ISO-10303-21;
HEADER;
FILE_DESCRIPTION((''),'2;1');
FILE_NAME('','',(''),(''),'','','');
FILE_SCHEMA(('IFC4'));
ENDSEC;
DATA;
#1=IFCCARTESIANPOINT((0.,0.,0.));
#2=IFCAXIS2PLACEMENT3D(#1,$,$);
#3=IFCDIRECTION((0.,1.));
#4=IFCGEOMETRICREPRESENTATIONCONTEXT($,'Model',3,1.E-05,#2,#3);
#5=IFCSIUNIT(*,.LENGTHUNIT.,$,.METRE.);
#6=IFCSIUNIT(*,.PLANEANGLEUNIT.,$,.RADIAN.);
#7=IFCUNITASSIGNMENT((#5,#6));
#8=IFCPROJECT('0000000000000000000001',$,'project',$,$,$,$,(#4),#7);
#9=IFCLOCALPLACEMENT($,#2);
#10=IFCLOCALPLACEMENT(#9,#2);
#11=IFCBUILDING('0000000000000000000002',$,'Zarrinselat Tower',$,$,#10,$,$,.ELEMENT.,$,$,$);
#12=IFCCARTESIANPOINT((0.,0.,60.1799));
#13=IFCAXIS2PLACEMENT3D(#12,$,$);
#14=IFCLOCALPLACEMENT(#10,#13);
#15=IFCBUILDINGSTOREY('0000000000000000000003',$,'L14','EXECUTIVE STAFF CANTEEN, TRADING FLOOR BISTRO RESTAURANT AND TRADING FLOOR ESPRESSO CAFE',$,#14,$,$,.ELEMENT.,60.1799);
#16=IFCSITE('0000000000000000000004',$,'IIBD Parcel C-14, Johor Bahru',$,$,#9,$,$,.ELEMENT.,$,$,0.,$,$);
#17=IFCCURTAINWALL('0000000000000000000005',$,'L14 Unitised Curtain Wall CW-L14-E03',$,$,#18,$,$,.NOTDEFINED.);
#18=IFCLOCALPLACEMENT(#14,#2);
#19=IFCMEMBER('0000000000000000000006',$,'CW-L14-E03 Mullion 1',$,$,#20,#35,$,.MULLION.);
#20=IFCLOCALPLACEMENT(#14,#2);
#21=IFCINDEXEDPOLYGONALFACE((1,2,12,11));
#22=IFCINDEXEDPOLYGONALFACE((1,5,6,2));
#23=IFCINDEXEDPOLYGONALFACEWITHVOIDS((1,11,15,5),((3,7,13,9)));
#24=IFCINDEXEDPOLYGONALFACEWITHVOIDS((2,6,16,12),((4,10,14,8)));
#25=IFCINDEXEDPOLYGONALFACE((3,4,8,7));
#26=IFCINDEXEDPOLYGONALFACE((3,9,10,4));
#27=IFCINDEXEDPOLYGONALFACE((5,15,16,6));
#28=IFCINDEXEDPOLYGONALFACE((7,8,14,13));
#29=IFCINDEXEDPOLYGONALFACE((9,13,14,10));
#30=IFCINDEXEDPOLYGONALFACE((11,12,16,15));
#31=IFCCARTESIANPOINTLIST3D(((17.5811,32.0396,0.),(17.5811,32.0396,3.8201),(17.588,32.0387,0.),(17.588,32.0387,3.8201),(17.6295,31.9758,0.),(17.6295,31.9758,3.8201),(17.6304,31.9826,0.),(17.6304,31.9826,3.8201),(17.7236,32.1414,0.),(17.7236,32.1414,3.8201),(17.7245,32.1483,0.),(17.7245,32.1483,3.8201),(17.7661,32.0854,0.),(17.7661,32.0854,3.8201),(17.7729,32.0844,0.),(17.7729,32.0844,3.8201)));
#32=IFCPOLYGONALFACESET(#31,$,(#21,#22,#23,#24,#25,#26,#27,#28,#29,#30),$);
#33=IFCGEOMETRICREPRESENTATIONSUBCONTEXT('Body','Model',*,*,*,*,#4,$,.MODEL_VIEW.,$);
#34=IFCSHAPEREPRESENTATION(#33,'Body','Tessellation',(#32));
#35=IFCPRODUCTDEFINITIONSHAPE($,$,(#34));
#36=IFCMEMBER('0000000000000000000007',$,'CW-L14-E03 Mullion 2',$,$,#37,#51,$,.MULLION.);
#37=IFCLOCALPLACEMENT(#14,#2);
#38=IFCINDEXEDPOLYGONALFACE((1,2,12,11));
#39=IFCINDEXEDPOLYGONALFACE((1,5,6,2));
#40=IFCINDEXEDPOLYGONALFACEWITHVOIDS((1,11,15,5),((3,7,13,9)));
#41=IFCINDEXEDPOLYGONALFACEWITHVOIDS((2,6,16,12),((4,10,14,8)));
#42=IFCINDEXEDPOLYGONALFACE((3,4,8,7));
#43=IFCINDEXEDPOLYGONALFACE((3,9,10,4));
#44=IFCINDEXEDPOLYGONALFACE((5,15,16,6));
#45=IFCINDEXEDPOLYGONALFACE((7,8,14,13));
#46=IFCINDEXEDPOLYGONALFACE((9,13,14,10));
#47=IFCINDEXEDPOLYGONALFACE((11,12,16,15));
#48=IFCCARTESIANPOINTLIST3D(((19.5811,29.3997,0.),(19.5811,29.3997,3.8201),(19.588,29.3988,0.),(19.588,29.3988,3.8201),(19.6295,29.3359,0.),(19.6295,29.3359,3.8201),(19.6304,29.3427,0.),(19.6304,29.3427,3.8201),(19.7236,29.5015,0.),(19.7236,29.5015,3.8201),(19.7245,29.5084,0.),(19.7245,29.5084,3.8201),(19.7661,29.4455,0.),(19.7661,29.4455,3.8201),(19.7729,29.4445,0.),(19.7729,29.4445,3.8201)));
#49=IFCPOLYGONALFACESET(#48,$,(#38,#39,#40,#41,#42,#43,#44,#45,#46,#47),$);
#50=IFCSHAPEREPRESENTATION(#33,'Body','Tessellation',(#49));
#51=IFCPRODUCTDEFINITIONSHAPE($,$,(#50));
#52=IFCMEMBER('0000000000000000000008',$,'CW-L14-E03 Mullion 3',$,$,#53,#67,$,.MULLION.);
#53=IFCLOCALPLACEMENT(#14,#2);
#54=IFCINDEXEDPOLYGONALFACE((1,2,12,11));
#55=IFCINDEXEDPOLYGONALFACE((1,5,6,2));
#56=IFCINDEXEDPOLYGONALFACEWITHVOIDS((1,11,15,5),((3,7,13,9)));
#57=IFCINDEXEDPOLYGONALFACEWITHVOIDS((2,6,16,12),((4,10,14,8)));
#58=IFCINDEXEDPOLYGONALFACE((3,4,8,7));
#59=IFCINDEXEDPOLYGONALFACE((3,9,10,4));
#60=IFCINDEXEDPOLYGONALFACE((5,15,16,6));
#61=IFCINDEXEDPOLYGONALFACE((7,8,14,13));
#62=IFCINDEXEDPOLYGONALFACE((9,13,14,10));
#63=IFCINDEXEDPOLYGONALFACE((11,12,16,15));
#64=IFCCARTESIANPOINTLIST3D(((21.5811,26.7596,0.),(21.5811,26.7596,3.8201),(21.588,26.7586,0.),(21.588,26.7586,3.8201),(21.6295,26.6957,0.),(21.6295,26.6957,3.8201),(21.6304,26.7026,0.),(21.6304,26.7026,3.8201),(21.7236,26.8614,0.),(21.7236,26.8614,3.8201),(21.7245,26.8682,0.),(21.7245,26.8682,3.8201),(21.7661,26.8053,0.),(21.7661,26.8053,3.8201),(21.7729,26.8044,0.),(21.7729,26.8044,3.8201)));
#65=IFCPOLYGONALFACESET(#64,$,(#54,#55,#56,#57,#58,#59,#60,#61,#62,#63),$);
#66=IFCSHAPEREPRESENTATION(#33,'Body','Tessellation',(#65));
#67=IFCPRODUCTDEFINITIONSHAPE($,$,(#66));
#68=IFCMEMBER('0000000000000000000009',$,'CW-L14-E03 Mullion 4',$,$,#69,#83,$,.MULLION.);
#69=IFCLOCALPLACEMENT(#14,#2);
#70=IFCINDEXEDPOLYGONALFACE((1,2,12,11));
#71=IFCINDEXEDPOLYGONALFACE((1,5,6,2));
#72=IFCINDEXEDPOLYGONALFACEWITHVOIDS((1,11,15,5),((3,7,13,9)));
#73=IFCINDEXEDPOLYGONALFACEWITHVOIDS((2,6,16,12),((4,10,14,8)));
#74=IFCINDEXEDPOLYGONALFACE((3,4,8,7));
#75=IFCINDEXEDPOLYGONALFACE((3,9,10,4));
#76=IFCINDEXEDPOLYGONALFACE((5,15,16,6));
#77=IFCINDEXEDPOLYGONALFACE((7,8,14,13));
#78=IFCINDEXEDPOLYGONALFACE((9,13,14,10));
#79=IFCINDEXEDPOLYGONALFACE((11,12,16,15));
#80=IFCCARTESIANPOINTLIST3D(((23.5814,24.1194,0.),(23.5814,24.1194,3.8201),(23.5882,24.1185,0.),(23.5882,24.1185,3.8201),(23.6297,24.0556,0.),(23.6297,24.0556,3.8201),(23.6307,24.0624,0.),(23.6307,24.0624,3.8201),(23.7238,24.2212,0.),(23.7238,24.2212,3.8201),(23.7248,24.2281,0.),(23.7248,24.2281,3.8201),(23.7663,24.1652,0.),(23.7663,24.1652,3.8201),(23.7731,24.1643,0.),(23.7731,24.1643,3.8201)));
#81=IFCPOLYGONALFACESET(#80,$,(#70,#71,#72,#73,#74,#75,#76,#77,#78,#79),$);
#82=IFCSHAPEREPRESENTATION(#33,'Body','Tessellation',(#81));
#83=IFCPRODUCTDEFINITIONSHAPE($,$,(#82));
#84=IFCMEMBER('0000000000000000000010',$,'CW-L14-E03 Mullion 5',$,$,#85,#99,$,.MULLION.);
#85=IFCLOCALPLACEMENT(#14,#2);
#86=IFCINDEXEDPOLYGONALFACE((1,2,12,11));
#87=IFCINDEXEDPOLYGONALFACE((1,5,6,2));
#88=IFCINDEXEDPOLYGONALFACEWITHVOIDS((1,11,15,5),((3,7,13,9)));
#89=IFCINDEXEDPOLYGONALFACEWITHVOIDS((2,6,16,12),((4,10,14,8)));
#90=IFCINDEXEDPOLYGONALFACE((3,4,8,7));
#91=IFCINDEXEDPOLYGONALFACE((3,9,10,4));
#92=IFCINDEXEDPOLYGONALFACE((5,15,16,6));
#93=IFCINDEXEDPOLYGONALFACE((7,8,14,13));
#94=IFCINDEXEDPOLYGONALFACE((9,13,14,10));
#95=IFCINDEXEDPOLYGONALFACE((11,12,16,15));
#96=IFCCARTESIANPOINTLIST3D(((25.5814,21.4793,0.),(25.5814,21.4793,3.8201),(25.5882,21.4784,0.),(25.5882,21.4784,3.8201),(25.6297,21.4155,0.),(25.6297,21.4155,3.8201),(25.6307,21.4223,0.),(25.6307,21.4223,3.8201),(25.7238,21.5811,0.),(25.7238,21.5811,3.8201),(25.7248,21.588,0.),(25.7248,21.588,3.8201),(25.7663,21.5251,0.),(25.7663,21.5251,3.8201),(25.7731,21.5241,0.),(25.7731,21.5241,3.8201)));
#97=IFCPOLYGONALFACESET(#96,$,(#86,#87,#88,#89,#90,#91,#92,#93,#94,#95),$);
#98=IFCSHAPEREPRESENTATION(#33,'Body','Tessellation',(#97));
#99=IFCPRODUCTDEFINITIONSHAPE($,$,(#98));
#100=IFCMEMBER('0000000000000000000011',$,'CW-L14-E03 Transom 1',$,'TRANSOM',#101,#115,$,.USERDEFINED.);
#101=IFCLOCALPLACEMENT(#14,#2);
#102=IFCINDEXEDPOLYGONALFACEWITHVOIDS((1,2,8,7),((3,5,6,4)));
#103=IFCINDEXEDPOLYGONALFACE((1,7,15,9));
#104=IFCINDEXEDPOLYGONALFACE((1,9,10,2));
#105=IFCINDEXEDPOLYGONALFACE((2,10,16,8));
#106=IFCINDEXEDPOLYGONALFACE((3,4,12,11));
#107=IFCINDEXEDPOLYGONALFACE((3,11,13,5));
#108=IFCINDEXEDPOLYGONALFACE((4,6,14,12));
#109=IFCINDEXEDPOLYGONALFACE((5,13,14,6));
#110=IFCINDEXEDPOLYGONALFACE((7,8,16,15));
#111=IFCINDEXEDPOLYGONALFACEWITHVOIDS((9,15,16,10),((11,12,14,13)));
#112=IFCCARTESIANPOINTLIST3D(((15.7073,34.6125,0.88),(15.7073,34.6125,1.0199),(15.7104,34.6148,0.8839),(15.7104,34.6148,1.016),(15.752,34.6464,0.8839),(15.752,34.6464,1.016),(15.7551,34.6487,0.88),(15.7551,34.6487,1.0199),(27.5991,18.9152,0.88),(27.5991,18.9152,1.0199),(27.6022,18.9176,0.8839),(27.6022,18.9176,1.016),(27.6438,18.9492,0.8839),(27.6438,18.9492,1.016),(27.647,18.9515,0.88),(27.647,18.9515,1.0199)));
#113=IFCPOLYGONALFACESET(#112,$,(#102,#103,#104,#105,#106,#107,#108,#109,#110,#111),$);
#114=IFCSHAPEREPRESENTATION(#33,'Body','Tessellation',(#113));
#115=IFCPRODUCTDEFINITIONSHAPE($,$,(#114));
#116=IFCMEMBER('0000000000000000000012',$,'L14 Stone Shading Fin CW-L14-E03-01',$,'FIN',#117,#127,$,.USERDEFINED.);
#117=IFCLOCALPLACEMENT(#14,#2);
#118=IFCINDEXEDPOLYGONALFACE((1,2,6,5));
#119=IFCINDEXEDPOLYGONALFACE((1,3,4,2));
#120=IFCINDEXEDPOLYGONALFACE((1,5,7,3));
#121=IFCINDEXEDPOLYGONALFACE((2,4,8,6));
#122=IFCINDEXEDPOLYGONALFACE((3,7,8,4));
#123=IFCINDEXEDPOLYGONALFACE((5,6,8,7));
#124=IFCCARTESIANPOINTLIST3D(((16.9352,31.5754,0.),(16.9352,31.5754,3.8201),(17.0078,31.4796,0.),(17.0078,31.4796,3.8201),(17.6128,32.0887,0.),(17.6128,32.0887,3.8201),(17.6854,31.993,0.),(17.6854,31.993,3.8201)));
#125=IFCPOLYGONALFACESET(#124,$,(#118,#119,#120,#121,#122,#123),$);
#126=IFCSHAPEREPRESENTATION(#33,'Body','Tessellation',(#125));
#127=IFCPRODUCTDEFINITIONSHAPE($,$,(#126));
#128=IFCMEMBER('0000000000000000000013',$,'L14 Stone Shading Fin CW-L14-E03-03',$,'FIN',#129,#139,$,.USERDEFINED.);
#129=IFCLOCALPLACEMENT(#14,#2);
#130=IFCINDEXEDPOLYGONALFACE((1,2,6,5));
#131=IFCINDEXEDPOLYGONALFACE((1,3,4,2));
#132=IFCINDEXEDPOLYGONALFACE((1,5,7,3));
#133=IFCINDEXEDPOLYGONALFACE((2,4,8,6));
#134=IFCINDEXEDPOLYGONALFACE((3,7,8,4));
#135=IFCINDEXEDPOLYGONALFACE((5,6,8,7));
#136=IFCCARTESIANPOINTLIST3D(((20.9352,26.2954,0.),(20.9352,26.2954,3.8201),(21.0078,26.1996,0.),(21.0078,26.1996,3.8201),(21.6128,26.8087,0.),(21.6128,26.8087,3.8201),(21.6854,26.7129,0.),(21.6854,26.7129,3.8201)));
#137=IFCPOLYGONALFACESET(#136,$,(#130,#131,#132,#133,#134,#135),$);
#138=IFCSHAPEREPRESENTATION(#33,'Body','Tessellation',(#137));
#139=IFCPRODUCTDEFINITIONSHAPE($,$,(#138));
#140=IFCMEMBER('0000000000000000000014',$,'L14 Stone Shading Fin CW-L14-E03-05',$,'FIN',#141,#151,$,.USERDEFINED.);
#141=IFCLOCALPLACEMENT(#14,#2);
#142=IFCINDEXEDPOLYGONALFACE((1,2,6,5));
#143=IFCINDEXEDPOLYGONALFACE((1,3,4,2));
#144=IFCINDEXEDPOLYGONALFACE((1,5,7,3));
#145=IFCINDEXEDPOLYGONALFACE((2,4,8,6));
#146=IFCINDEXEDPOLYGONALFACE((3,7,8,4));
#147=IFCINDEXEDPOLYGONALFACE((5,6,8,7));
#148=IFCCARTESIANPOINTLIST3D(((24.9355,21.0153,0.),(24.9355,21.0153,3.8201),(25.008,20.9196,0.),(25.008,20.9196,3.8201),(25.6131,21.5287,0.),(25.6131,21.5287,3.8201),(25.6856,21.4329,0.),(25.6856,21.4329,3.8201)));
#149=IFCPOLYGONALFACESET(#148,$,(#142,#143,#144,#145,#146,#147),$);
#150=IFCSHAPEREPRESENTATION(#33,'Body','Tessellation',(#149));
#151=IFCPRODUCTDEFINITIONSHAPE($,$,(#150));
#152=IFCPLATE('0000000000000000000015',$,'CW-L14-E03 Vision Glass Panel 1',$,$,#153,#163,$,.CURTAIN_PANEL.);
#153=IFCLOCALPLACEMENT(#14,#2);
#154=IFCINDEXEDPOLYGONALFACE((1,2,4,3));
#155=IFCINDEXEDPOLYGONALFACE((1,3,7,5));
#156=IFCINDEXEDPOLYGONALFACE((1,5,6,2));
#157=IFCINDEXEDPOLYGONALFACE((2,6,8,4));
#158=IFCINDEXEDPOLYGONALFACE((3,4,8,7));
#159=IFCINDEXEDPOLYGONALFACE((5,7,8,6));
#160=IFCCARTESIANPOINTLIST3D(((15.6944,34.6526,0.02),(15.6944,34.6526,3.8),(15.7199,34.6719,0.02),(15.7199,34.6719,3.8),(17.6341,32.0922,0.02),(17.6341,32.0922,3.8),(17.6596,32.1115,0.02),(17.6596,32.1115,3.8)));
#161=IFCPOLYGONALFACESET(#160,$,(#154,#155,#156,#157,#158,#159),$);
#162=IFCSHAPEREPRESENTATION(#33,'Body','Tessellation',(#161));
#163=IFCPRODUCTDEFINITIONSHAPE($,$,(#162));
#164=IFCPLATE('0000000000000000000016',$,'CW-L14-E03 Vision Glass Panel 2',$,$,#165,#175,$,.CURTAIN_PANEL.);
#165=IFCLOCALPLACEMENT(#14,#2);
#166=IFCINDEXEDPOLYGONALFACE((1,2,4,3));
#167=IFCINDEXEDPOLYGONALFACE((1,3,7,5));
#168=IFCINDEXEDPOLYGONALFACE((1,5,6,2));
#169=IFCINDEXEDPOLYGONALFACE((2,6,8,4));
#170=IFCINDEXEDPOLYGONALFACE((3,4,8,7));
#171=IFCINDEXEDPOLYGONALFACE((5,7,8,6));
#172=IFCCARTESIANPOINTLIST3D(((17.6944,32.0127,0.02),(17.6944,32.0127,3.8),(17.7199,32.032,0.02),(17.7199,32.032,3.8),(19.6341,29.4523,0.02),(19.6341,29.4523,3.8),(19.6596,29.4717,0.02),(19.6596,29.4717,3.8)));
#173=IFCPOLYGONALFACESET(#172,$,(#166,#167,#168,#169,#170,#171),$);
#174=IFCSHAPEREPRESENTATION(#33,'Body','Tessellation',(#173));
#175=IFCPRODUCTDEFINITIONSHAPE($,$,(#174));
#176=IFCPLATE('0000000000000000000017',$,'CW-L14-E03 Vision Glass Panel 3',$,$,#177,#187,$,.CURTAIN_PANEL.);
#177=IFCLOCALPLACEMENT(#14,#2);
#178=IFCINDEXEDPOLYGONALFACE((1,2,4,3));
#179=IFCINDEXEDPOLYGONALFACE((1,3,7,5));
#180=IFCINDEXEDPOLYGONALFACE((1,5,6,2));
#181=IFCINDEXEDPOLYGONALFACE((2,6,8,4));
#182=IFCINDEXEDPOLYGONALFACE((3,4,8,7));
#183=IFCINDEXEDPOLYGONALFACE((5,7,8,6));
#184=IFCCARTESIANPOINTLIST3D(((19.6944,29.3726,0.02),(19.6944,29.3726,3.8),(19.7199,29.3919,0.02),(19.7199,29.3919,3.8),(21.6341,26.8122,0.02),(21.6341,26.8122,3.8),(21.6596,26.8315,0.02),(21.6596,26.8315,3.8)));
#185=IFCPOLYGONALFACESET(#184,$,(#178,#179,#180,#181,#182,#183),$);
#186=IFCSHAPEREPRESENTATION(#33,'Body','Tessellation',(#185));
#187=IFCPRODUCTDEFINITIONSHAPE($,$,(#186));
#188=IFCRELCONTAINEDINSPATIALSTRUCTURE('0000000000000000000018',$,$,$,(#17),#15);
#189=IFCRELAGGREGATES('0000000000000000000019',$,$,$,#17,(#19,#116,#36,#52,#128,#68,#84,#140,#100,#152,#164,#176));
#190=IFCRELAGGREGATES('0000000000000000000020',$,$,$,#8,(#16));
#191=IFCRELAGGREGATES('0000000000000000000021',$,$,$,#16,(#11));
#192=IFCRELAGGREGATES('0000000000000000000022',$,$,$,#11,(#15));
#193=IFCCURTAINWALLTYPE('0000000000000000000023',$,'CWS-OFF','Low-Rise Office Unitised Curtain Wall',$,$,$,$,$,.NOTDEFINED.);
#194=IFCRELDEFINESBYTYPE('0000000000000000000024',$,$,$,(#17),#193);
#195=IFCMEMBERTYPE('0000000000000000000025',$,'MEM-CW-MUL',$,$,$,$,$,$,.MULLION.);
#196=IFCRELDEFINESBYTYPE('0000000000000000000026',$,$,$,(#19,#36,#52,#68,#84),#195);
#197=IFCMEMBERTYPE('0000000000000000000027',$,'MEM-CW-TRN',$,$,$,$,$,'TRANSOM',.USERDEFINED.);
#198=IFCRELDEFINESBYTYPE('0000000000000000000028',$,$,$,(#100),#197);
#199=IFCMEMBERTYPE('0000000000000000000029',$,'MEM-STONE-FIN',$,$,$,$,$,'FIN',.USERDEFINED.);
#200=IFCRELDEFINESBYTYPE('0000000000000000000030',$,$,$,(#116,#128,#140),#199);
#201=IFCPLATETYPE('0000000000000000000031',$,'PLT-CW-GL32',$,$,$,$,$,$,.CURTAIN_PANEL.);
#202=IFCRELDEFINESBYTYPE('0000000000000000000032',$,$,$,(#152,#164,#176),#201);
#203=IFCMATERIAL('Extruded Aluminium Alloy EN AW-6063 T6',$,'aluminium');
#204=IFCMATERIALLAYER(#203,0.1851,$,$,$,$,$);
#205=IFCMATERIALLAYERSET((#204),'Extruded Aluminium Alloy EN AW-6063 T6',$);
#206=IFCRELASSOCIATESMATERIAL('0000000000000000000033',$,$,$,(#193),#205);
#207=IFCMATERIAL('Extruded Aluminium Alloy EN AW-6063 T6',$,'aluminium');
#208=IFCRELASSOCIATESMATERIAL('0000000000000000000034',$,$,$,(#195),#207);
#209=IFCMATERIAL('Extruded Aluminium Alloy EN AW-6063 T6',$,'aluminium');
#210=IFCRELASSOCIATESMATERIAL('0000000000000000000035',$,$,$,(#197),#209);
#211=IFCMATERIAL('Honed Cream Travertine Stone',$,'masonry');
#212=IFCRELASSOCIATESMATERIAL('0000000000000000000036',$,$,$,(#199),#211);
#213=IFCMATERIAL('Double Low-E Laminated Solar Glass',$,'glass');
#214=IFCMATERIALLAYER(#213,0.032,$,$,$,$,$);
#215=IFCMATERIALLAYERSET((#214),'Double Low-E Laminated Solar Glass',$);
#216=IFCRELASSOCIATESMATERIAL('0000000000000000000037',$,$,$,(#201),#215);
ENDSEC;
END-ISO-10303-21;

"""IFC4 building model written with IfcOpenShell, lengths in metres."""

from ifc_helpers import new_model, si_unit, direction, frame, origin, origin_2d, place, context, subcontext, project, spatial, rectangle, hollow_rectangle, extrude, material, layer, layer_set, material_profile, profile_set, type_object, element, aggregate, save


model = new_model("IFC4")

# Units and contexts
model_context = context("Model", 3, precision=1e-05, world=origin(), true_north=direction((0.0, 1.0)))
body_context = subcontext(model_context, "Body", "Model", "MODEL_VIEW")
ifc_project = project(units=[si_unit("LENGTHUNIT", "METRE"), si_unit("PLANEANGLEUNIT", "RADIAN")], contexts=[model_context])

# Site, building, storey
site_placement = place(None, origin())
site = spatial("IfcSite", under=ifc_project, at=site_placement, Name="IIBD Parcel C-14, Johor Bahru", CompositionType="ELEMENT", RefElevation=0.0)
building_placement = place(site_placement, origin())
building = spatial("IfcBuilding", under=site, at=building_placement, Name="Zarrinselat Tower", CompositionType="ELEMENT")
storey_placement = place(building_placement, frame((0.0, 0.0, 60.1799)))
storey = spatial("IfcBuildingStorey", under=building, at=storey_placement, Name="L14", Description="EXECUTIVE STAFF CANTEEN, TRADING FLOOR BISTRO RESTAURANT AND TRADING FLOOR ESPRESSO CAFE", CompositionType="ELEMENT", Elevation=60.1799)

# Shared definitions
ifc_material_1 = material(Name="Extruded Aluminium Alloy EN AW-6063 T6", Category="aluminium")
ifc_layer_1 = layer(ifc_material_1, 0.1851)
ifc_layer_set_1 = layer_set([ifc_layer_1], Name="Extruded Aluminium Alloy EN AW-6063 T6")
curtain_wall_type = type_object("IfcCurtainWallType", Name="CWS-OFF", Description="Low-Rise Office Unitised Curtain Wall", PredefinedType="NOTDEFINED", material=ifc_layer_set_1)
ifc_material_2 = material(Name="Extruded Aluminium Alloy EN AW-6063 T6", Category="aluminium")
ifc_material_profile_1 = material_profile(ifc_material_2, hollow_rectangle(XDim=0.0801, YDim=0.1799, WallThickness=0.0049, at=origin_2d()), Name="RHS 180x80x5")
ifc_profile_set_1 = profile_set([ifc_material_profile_1], Name="Extruded Aluminium Alloy EN AW-6063 T6")
member_type_1 = type_object("IfcMemberType", Name="MEM-CW-MUL", PredefinedType="MULLION", material=ifc_profile_set_1)

# Curtain wall, members, plates
curtain_wall_1_placement = place(storey_placement, origin())
curtain_wall_1 = element("IfcCurtainWall", 1, at=curtain_wall_1_placement, inside=storey, type_object=curtain_wall_type, Name="L14 Unitised Curtain Wall CW-L14-E03", PredefinedType="NOTDEFINED")
member_1_placement = place(storey_placement, frame((17.677, 32.062, 0.0), z_axis=(0.0, 0.0, 1.0), x_axis=(0.603862, -0.797089, 0.0)))
member_1 = element("IfcMember", 2, at=member_1_placement, type_object=member_type_1, Name="CW-L14-E03 Mullion 1", PredefinedType="MULLION", context=body_context, shape_type="SweptSolid", body=[
    extrude(hollow_rectangle(XDim=0.0801, YDim=0.1799, WallThickness=0.0049, at=origin_2d()), origin(), (0.0, 0.0, 1.0), 3.8201),
])
member_2_placement = place(storey_placement, frame((19.677, 29.4221, 0.0), z_axis=(0.0, 0.0, 1.0), x_axis=(0.603862, -0.797089, 0.0)))
member_2 = element("IfcMember", 3, at=member_2_placement, type_object=member_type_1, Name="CW-L14-E03 Mullion 2", PredefinedType="MULLION", context=body_context, shape_type="SweptSolid", body=[
    extrude(hollow_rectangle(XDim=0.0801, YDim=0.1799, WallThickness=0.0049, at=origin_2d()), origin(), (0.0, 0.0, 1.0), 3.8201),
])
member_3_placement = place(storey_placement, frame((21.677, 26.782, 0.0), z_axis=(0.0, 0.0, 1.0), x_axis=(0.603862, -0.797089, 0.0)))
member_3 = element("IfcMember", 4, at=member_3_placement, type_object=member_type_1, Name="CW-L14-E03 Mullion 3", PredefinedType="MULLION", context=body_context, shape_type="SweptSolid", body=[
    extrude(hollow_rectangle(XDim=0.0801, YDim=0.1799, WallThickness=0.0049, at=origin_2d()), origin(), (0.0, 0.0, 1.0), 3.8201),
])
member_4_placement = place(storey_placement, frame((23.6772, 24.1418, 0.0), z_axis=(0.0, 0.0, 1.0), x_axis=(0.603862, -0.797089, 0.0)))
member_4 = element("IfcMember", 5, at=member_4_placement, type_object=member_type_1, Name="CW-L14-E03 Mullion 4", PredefinedType="MULLION", context=body_context, shape_type="SweptSolid", body=[
    extrude(hollow_rectangle(XDim=0.0801, YDim=0.1799, WallThickness=0.0049, at=origin_2d()), origin(), (0.0, 0.0, 1.0), 3.8201),
])
member_5_placement = place(storey_placement, frame((25.6772, 21.5017, 0.0), z_axis=(0.0, 0.0, 1.0), x_axis=(0.603862, -0.797089, 0.0)))
member_5 = element("IfcMember", 6, at=member_5_placement, type_object=member_type_1, Name="CW-L14-E03 Mullion 5", PredefinedType="MULLION", context=body_context, shape_type="SweptSolid", body=[
    extrude(hollow_rectangle(XDim=0.0801, YDim=0.1799, WallThickness=0.0049, at=origin_2d()), origin(), (0.0, 0.0, 1.0), 3.8201),
])
ifc_material_3 = material(Name="Extruded Aluminium Alloy EN AW-6063 T6", Category="aluminium")
ifc_material_profile_2 = material_profile(ifc_material_3, hollow_rectangle(XDim=0.0601, YDim=0.1399, WallThickness=0.0039, at=origin_2d()), Name="RHS 140x60x4")
ifc_profile_set_2 = profile_set([ifc_material_profile_2], Name="Extruded Aluminium Alloy EN AW-6063 T6")
member_type_2 = type_object("IfcMemberType", Name="MEM-CW-TRN", ElementType="TRANSOM", PredefinedType="USERDEFINED", material=ifc_profile_set_2)
member_6_placement = place(storey_placement, frame((15.7312, 34.6306, 0.95), z_axis=(0.603857, -0.797093, 0.0), x_axis=(0.797093, 0.603857, 0.0)))
member_6 = element("IfcMember", 7, at=member_6_placement, type_object=member_type_2, Name="CW-L14-E03 Transom 1", ObjectType="TRANSOM", PredefinedType="USERDEFINED", context=body_context, shape_type="SweptSolid", body=[
    extrude(hollow_rectangle(XDim=0.0601, YDim=0.1399, WallThickness=0.0039, at=origin_2d()), origin(), (0.0, 0.0, 1.0), 19.6931),
])
ifc_material_4 = material(Name="Honed Cream Travertine Stone", Category="masonry")
ifc_material_profile_3 = material_profile(ifc_material_4, rectangle(XDim=0.1201, YDim=0.8501, at=origin_2d()), Name="FIN 850x120")
ifc_profile_set_3 = profile_set([ifc_material_profile_3], Name="Honed Cream Travertine Stone")
member_type_3 = type_object("IfcMemberType", Name="MEM-STONE-FIN", ElementType="FIN", PredefinedType="USERDEFINED", material=ifc_profile_set_3)
member_7_placement = place(storey_placement, frame((17.3103, 31.7842, 0.0), z_axis=(0.0, 0.0, 1.0), x_axis=(-0.603862, 0.797089, 0.0)))
member_7 = element("IfcMember", 8, at=member_7_placement, type_object=member_type_3, Name="L14 Stone Shading Fin CW-L14-E03-01", ObjectType="FIN", PredefinedType="USERDEFINED", context=body_context, shape_type="SweptSolid", body=[
    extrude(rectangle(XDim=0.1201, YDim=0.8501, at=origin_2d()), origin(), (0.0, 0.0, 1.0), 3.8201),
])
member_8_placement = place(storey_placement, frame((21.3103, 26.5042, 0.0), z_axis=(0.0, 0.0, 1.0), x_axis=(-0.603862, 0.797089, 0.0)))
member_8 = element("IfcMember", 9, at=member_8_placement, type_object=member_type_3, Name="L14 Stone Shading Fin CW-L14-E03-03", ObjectType="FIN", PredefinedType="USERDEFINED", context=body_context, shape_type="SweptSolid", body=[
    extrude(rectangle(XDim=0.1201, YDim=0.8501, at=origin_2d()), origin(), (0.0, 0.0, 1.0), 3.8201),
])
member_9_placement = place(storey_placement, frame((25.3105, 21.2241, 0.0), z_axis=(0.0, 0.0, 1.0), x_axis=(-0.603862, 0.797089, 0.0)))
member_9 = element("IfcMember", 10, at=member_9_placement, type_object=member_type_3, Name="L14 Stone Shading Fin CW-L14-E03-05", ObjectType="FIN", PredefinedType="USERDEFINED", context=body_context, shape_type="SweptSolid", body=[
    extrude(rectangle(XDim=0.1201, YDim=0.8501, at=origin_2d()), origin(), (0.0, 0.0, 1.0), 3.8201),
])
ifc_material_5 = material(Name="Double Low-E Laminated Solar Glass", Category="glass")
ifc_layer_2 = layer(ifc_material_5, 0.032)
ifc_layer_set_2 = layer_set([ifc_layer_2], Name="Double Low-E Laminated Solar Glass")
plate_type = type_object("IfcPlateType", Name="PLT-CW-GL32", PredefinedType="CURTAIN_PANEL", material=ifc_layer_set_2)
plate_1_placement = place(storey_placement, frame((16.677, 33.3821, 0.02), z_axis=(0.0, 0.0, 1.0), x_axis=(0.603862, -0.797089, 0.0)))
plate_1 = element("IfcPlate", 11, at=plate_1_placement, type_object=plate_type, Name="CW-L14-E03 Vision Glass Panel 1", PredefinedType="CURTAIN_PANEL", context=body_context, shape_type="SweptSolid", body=[
    extrude(rectangle(XDim=3.2122, YDim=0.032, at=origin_2d()), origin(), (0.0, 0.0, 1.0), 3.78),
])
plate_2_placement = place(storey_placement, frame((18.677, 30.7422, 0.02), z_axis=(0.0, 0.0, 1.0), x_axis=(0.603862, -0.797089, 0.0)))
plate_2 = element("IfcPlate", 12, at=plate_2_placement, type_object=plate_type, Name="CW-L14-E03 Vision Glass Panel 2", PredefinedType="CURTAIN_PANEL", context=body_context, shape_type="SweptSolid", body=[
    extrude(rectangle(XDim=3.2122, YDim=0.032, at=origin_2d()), origin(), (0.0, 0.0, 1.0), 3.78),
])
plate_3_placement = place(storey_placement, frame((20.677, 28.1021, 0.02), z_axis=(0.0, 0.0, 1.0), x_axis=(0.603862, -0.797089, 0.0)))
plate_3 = element("IfcPlate", 13, at=plate_3_placement, type_object=plate_type, Name="CW-L14-E03 Vision Glass Panel 3", PredefinedType="CURTAIN_PANEL", context=body_context, shape_type="SweptSolid", body=[
    extrude(rectangle(XDim=3.2122, YDim=0.032, at=origin_2d()), origin(), (0.0, 0.0, 1.0), 3.78),
])
aggregate(curtain_wall_1, [member_1, member_7, member_2, member_3, member_8, member_4, member_5, member_9, member_6, plate_1, plate_2, plate_3])

save(model, "model.ifc")
